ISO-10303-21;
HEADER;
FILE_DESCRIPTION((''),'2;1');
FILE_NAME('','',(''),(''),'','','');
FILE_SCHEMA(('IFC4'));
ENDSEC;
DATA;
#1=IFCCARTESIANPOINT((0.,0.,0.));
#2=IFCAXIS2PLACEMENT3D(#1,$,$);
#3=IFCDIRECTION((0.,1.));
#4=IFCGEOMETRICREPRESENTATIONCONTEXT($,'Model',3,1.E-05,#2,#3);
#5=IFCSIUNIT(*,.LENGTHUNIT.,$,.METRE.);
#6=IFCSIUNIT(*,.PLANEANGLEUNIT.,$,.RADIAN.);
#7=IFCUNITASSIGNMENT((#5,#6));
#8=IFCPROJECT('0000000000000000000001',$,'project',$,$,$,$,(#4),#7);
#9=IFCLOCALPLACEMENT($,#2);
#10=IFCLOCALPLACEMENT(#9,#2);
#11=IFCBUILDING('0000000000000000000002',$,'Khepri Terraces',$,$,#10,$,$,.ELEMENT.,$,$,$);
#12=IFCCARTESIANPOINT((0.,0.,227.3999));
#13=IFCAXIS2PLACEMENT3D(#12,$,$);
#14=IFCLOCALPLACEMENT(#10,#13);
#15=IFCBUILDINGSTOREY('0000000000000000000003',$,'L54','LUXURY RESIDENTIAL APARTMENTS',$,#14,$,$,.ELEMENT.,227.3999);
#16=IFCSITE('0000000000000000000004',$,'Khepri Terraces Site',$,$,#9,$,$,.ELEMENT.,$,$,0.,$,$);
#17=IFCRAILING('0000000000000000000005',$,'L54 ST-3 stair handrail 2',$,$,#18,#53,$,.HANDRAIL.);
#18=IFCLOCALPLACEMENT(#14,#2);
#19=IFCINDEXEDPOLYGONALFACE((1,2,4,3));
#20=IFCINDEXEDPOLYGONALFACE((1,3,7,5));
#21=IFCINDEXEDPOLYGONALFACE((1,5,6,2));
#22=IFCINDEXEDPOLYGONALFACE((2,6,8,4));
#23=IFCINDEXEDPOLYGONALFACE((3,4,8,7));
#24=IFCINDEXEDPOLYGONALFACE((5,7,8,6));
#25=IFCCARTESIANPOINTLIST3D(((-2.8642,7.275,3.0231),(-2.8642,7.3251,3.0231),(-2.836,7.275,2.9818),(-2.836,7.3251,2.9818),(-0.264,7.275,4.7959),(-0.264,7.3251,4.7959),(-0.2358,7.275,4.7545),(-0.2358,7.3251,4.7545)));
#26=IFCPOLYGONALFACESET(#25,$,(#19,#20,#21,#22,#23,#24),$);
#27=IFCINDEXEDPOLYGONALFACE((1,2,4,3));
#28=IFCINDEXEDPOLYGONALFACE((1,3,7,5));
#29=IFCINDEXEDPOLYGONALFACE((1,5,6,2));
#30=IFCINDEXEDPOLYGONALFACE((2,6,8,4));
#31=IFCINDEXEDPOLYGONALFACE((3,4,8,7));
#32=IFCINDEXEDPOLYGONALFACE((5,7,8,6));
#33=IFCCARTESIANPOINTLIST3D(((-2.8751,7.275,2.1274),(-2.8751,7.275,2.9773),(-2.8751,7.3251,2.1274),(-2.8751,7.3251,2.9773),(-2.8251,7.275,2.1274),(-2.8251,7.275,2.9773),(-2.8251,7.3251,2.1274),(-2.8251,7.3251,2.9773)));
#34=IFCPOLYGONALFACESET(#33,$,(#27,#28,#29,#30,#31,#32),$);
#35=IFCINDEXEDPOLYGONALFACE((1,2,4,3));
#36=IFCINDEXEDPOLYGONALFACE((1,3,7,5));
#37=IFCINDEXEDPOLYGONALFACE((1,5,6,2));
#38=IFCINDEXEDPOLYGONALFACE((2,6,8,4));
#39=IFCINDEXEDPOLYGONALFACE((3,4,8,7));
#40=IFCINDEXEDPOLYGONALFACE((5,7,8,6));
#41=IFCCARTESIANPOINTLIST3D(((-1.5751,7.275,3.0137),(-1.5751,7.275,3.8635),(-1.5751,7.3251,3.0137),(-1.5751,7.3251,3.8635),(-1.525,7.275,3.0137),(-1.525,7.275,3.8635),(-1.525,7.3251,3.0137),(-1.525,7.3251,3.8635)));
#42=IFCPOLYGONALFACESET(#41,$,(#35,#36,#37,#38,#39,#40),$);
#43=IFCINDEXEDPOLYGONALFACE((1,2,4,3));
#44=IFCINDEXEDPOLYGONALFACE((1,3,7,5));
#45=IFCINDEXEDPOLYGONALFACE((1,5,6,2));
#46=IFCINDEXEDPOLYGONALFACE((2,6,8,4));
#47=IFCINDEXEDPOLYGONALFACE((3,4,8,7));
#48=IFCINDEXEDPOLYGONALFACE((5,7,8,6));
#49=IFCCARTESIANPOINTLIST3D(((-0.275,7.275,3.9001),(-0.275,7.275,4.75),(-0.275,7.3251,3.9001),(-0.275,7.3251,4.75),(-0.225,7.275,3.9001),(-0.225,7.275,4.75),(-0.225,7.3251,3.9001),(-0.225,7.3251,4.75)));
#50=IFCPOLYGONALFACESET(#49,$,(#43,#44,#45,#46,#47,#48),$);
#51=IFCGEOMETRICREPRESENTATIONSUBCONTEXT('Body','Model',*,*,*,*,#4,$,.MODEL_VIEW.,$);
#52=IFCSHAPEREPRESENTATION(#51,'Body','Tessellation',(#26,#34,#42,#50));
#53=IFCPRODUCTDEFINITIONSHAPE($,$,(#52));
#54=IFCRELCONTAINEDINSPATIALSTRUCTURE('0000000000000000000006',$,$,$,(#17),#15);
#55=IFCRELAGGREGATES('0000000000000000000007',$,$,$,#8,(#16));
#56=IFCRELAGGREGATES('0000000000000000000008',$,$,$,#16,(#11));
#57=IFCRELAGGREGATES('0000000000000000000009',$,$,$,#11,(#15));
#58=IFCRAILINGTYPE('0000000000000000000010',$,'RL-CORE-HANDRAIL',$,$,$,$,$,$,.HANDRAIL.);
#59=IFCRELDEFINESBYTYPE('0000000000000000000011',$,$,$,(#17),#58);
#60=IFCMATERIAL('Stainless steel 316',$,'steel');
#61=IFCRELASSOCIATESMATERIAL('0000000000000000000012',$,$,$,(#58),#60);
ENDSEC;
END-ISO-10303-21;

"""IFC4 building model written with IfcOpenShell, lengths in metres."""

from ifc_helpers import new_model, si_unit, direction, frame, origin, origin_2d, place, context, subcontext, project, spatial, rectangle, extrude, material, type_object, element, save


model = new_model("IFC4")

# Units and contexts
model_context = context("Model", 3, precision=1e-05, world=origin(), true_north=direction((0.0, 1.0)))
body_context = subcontext(model_context, "Body", "Model", "MODEL_VIEW")
ifc_project = project(units=[si_unit("LENGTHUNIT", "METRE"), si_unit("PLANEANGLEUNIT", "RADIAN")], contexts=[model_context])

# Site, building, storey
site_placement = place(None, origin())
site = spatial("IfcSite", under=ifc_project, at=site_placement, Name="Khepri Terraces Site", CompositionType="ELEMENT", RefElevation=0.0)
building_placement = place(site_placement, origin())
building = spatial("IfcBuilding", under=site, at=building_placement, Name="Khepri Terraces", CompositionType="ELEMENT")
storey_placement = place(building_placement, frame((0.0, 0.0, 227.3999)))
storey = spatial("IfcBuildingStorey", under=building, at=storey_placement, Name="L54", Description="LUXURY RESIDENTIAL APARTMENTS", CompositionType="ELEMENT", Elevation=227.3999)

# Railing
ifc_material_1 = material(Name="Stainless steel 316", Category="steel")
railing_type_1 = type_object("IfcRailingType", Name="RL-CORE-HANDRAIL", PredefinedType="HANDRAIL", material=ifc_material_1)
railing_1_placement = place(storey_placement, frame((-2.8501, 7.3, 2.1274)))
element("IfcRailing", 1, at=railing_1_placement, inside=storey, type_object=railing_type_1, Name="L54 ST-3 stair handrail 2", PredefinedType="HANDRAIL", context=body_context, shape_type="SweptSolid", body=[
    extrude(rectangle(XDim=0.05, YDim=0.05, at=origin_2d()), frame((0.0, 0.0, 0.875), z_axis=(0.82624, 0.0, 0.563318), x_axis=(0.0, 1.0, 0.0)), (0.0, 0.0, 1.0), 3.147),
    extrude(rectangle(XDim=0.05, YDim=0.05, at=origin_2d()), origin(), (0.0, 0.0, 1.0), 0.8499),
    extrude(rectangle(XDim=0.05, YDim=0.05, at=origin_2d()), frame((1.3, 0.0, 0.8862)), (0.0, 0.0, 1.0), 0.8499),
    extrude(rectangle(XDim=0.05, YDim=0.05, at=origin_2d()), frame((2.6001, 0.0, 1.7727)), (0.0, 0.0, 1.0), 0.8499),
])

save(model, "model.ifc")
